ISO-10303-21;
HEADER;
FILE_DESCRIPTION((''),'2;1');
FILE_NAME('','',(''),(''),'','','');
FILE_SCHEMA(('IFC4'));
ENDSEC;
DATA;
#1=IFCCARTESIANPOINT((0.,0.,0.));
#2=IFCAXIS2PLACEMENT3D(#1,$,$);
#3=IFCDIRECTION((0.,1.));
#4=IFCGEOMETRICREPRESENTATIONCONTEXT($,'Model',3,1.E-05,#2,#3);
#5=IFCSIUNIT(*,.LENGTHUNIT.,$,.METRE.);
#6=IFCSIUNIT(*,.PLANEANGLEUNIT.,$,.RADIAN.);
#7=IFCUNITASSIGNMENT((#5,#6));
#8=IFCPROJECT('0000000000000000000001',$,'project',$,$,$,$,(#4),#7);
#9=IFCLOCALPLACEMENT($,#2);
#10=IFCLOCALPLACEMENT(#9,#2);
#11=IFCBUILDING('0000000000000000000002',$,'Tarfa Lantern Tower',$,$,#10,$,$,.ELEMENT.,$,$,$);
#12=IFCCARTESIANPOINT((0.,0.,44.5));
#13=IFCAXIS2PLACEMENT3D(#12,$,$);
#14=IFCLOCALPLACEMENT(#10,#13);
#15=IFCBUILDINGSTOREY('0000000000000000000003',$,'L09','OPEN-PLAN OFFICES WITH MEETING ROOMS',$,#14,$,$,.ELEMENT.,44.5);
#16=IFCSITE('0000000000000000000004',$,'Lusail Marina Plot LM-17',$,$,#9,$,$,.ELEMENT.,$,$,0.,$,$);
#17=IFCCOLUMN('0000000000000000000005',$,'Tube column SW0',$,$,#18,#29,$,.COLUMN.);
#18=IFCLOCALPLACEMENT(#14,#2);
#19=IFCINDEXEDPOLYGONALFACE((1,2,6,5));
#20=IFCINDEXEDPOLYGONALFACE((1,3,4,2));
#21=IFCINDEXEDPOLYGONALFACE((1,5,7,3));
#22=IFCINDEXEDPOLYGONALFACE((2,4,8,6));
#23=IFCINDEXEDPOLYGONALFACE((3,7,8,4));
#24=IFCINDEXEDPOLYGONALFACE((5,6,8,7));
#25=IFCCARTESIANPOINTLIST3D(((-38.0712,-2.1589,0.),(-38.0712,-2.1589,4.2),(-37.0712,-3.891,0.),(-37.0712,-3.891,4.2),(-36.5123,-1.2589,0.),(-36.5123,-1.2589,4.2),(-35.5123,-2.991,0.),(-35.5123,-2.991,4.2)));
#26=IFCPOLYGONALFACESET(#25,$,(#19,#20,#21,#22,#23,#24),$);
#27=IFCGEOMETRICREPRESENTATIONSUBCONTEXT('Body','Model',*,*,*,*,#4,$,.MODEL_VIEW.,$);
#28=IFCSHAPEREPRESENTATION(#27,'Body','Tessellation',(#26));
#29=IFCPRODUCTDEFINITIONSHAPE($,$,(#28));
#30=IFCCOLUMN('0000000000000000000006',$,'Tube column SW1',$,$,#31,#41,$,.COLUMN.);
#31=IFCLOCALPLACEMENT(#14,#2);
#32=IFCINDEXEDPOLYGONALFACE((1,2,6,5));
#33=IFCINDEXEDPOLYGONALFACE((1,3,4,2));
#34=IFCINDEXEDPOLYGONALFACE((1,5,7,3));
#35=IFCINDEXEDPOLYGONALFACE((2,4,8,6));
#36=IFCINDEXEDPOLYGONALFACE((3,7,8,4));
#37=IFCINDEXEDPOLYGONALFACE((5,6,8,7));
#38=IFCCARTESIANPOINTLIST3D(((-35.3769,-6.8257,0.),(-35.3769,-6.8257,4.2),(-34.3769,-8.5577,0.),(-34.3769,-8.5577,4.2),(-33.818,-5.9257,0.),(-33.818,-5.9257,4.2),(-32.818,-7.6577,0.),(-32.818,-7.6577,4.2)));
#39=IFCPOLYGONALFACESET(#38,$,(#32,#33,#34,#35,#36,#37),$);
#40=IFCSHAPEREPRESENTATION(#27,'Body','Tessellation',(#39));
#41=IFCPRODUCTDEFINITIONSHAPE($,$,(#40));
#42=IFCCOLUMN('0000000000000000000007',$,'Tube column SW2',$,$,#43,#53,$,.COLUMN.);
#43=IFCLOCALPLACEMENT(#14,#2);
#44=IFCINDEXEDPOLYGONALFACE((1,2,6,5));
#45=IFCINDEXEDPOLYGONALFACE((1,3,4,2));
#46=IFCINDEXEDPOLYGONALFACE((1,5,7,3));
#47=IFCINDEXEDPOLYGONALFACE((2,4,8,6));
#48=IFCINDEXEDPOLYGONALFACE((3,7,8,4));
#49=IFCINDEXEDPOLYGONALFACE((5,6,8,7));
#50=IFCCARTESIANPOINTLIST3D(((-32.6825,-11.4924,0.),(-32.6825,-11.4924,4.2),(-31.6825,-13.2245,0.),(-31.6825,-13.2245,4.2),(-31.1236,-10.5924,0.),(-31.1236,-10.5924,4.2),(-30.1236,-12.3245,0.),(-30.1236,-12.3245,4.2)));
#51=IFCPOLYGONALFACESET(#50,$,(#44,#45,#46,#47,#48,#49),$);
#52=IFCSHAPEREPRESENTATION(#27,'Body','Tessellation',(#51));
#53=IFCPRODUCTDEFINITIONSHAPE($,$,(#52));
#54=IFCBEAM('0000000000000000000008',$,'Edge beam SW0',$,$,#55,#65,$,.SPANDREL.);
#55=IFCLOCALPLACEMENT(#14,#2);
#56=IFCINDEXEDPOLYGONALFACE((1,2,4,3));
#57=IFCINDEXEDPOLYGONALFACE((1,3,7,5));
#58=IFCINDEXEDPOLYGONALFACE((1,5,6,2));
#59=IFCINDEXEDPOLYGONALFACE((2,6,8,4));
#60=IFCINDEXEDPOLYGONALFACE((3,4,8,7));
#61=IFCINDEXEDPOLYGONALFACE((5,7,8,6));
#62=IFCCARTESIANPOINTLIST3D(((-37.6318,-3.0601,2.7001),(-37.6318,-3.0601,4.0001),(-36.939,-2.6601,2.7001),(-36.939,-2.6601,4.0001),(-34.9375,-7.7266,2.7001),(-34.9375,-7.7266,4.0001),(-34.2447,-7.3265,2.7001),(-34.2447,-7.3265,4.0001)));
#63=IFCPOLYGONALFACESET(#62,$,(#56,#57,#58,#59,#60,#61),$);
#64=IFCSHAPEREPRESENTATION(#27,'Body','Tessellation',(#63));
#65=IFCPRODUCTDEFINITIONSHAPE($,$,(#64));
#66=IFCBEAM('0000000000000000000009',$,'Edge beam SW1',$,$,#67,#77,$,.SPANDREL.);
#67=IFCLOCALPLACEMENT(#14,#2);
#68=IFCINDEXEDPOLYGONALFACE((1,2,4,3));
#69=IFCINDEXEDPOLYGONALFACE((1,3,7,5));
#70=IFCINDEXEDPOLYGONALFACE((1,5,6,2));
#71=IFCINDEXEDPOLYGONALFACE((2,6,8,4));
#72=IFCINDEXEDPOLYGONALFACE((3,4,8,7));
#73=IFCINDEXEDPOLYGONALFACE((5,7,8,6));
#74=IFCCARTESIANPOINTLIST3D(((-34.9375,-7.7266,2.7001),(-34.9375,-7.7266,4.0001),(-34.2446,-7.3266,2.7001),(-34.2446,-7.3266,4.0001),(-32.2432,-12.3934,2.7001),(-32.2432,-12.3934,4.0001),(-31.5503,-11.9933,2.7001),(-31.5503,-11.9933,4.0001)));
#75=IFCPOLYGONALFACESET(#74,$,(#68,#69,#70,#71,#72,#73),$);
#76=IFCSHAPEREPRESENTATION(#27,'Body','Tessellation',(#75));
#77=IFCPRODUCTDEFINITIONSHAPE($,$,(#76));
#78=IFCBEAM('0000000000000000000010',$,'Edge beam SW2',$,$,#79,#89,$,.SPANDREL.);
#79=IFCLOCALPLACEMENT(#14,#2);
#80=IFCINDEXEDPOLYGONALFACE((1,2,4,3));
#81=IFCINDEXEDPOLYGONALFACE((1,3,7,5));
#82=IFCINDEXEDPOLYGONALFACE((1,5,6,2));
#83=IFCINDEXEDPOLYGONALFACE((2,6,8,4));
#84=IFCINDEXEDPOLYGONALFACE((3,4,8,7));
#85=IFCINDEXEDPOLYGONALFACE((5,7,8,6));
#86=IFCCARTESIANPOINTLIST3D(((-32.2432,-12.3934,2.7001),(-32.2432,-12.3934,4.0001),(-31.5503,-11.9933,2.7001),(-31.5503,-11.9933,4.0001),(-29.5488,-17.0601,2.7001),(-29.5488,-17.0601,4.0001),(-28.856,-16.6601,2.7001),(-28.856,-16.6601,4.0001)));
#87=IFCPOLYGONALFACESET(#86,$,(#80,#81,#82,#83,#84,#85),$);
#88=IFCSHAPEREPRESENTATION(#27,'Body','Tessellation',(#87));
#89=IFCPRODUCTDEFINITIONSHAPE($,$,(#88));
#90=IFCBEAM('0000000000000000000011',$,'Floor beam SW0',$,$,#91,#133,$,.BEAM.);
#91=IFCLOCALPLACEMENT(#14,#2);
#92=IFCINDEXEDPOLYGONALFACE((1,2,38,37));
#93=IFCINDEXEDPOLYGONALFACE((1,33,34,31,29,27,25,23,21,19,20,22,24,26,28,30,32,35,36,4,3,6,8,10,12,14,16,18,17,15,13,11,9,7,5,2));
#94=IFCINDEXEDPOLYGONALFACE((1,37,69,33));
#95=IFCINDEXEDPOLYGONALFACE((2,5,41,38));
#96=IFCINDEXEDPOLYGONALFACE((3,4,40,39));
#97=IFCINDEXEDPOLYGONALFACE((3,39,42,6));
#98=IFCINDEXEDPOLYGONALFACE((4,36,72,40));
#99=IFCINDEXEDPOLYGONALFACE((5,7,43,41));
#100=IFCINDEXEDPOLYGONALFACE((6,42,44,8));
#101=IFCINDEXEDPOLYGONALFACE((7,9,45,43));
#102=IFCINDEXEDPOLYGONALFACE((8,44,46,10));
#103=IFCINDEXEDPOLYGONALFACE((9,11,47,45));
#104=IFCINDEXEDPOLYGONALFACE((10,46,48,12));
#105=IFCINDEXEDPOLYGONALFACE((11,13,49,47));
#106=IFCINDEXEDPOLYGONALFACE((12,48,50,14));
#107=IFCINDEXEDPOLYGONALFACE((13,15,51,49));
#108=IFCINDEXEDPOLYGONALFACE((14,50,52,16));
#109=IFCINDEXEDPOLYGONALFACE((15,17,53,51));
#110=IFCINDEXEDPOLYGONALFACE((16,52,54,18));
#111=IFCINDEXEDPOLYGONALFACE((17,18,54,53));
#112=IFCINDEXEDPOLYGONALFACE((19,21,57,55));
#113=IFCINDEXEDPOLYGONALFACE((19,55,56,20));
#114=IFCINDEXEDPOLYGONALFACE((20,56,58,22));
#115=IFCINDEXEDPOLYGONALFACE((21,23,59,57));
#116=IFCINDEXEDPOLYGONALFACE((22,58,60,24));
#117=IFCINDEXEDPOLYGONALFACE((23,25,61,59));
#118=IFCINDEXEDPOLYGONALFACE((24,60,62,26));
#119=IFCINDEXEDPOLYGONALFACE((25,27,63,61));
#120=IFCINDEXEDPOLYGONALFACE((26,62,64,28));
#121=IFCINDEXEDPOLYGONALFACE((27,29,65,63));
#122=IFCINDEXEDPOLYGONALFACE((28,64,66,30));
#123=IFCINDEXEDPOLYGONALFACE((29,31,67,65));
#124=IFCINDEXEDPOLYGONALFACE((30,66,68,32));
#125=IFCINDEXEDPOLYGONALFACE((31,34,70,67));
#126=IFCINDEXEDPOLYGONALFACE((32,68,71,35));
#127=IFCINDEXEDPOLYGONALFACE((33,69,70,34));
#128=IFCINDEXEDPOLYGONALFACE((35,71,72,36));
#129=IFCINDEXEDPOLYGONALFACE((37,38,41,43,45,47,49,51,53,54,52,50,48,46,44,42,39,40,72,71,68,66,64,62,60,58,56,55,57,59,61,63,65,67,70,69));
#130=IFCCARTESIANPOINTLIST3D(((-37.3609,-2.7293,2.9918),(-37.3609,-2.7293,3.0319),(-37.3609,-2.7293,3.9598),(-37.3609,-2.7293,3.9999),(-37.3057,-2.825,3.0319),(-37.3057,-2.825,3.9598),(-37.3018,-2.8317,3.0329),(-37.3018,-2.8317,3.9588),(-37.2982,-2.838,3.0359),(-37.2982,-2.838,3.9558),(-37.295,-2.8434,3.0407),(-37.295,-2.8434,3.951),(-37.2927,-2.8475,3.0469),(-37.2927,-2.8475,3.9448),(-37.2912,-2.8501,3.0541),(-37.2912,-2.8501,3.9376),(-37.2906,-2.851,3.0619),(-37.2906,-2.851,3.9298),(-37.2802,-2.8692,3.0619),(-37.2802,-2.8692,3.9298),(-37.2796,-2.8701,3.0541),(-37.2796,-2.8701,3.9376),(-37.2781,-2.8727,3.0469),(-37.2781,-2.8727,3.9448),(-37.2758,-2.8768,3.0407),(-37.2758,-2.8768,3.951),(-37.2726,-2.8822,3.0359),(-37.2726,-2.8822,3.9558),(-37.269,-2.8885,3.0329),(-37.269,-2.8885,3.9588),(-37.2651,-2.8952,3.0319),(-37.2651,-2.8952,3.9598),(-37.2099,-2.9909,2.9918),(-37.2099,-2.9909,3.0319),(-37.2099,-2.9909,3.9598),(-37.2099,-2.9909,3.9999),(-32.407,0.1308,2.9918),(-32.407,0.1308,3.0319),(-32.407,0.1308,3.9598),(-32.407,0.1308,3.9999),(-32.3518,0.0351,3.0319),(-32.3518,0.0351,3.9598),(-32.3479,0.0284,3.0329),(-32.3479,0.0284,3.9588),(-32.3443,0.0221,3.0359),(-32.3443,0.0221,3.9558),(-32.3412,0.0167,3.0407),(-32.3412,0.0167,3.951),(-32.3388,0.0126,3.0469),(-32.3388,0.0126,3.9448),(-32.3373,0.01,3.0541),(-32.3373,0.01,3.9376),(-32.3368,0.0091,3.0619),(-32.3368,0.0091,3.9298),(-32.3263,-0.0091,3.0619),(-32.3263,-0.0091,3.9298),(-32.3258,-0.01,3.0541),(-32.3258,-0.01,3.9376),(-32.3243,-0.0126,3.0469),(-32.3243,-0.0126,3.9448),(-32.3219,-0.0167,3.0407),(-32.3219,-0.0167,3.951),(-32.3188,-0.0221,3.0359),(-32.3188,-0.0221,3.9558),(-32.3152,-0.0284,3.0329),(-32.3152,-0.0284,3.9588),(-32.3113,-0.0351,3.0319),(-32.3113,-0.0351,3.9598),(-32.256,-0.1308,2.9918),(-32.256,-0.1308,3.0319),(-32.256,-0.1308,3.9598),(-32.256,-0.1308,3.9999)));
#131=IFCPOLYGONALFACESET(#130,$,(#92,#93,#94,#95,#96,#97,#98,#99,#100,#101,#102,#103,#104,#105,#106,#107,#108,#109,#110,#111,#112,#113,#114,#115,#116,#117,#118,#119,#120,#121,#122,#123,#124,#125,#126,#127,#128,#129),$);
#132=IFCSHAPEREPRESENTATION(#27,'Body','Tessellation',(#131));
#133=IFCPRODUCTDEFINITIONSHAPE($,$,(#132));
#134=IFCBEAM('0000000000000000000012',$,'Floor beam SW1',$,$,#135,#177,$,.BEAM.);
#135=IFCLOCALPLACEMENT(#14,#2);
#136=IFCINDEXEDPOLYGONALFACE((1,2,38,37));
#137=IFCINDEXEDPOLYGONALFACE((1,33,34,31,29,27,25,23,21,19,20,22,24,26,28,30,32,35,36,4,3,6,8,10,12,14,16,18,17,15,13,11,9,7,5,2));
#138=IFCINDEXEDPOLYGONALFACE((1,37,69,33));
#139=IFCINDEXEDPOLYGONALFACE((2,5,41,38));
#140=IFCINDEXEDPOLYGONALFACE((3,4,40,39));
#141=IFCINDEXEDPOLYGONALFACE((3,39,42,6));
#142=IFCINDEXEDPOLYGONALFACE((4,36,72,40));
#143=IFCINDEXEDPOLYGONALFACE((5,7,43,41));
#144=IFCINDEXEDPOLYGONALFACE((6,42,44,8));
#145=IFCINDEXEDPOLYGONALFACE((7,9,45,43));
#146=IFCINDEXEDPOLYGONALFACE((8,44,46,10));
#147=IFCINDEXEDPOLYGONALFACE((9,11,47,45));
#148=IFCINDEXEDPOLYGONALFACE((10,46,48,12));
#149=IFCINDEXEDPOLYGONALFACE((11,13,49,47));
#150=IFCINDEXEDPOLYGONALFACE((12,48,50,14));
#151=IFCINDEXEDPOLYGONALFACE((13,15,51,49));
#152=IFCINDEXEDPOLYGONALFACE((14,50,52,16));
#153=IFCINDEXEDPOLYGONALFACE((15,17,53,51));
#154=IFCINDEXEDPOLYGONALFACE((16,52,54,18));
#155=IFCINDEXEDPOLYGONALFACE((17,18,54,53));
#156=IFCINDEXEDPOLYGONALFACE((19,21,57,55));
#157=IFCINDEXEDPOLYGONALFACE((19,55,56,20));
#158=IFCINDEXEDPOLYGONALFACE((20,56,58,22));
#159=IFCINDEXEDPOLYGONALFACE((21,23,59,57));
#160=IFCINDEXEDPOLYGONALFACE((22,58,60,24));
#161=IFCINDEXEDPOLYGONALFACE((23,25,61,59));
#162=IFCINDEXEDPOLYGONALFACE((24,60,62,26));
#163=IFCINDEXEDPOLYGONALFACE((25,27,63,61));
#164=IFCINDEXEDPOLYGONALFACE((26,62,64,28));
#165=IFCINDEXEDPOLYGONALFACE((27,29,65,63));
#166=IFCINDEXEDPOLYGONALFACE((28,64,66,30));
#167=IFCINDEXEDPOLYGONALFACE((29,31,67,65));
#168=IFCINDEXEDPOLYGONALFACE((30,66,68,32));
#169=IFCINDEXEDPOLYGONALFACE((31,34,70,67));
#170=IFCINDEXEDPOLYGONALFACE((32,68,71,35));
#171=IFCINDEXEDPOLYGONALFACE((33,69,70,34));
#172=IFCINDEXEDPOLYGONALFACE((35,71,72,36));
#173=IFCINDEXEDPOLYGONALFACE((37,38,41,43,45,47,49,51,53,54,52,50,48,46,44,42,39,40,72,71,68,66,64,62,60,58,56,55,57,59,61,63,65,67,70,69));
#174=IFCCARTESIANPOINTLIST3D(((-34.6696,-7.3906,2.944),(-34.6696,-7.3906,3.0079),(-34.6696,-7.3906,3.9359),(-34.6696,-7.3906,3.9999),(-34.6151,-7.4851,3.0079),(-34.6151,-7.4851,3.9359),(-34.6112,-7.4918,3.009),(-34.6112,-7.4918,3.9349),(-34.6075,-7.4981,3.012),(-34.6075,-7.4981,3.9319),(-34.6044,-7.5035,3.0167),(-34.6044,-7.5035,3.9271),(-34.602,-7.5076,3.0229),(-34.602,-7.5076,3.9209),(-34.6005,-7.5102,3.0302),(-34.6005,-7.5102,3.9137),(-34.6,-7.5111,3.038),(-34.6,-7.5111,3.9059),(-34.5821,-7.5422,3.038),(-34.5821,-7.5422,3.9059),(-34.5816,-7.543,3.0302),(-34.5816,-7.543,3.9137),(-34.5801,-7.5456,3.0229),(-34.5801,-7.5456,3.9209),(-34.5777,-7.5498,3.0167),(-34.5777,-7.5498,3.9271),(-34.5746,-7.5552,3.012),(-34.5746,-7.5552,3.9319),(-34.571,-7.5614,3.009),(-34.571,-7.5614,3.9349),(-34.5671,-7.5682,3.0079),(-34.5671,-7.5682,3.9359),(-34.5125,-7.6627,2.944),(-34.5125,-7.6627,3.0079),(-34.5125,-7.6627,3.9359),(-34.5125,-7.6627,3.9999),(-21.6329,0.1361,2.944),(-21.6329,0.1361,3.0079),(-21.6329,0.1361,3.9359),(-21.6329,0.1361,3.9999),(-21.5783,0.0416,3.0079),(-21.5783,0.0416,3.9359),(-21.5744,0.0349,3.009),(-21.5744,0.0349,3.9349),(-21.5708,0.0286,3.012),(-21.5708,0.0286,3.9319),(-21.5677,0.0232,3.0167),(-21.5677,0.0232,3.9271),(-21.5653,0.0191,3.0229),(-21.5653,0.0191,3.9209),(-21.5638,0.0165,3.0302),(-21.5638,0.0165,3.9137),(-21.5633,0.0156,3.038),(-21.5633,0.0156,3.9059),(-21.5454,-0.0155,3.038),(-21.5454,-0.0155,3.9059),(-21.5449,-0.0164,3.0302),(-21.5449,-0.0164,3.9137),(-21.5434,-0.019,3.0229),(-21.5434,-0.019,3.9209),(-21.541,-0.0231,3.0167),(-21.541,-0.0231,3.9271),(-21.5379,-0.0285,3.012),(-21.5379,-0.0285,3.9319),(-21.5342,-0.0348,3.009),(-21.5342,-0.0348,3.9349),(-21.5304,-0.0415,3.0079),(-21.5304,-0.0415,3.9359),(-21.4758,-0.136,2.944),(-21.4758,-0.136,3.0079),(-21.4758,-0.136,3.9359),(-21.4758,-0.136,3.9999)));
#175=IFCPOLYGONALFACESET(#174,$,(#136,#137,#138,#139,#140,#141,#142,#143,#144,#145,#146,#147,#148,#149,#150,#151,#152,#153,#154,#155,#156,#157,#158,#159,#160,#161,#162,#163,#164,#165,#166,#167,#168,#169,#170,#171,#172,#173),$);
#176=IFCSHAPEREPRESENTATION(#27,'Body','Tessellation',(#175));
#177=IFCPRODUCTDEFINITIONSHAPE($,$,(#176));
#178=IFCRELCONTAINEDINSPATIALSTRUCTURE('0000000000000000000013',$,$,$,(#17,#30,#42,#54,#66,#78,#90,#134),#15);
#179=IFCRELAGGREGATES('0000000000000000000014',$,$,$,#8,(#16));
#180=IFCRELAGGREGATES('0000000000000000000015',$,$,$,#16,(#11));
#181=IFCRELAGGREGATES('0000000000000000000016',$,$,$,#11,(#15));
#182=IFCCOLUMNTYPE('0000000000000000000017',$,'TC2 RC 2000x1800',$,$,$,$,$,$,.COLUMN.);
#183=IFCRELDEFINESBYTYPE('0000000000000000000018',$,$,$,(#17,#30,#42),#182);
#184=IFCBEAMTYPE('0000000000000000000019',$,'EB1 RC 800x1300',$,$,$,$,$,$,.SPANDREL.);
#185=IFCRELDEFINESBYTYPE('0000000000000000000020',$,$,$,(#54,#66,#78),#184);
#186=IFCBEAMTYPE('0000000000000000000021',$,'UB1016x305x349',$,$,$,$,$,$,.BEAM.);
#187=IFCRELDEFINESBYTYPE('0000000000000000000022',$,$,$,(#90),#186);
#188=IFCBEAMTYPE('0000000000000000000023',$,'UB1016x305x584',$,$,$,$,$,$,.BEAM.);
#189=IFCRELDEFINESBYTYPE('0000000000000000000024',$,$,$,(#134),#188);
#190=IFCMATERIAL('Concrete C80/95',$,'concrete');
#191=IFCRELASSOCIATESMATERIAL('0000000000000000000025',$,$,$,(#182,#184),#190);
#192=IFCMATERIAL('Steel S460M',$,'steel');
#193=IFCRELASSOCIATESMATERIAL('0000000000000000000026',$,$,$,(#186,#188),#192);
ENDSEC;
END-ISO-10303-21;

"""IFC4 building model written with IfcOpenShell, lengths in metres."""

from ifc_helpers import new_model, si_unit, direction, frame, origin, origin_2d, place, context, subcontext, project, spatial, rectangle, i_section, extrude, material, material_profile, profile_set, type_object, element, save


model = new_model("IFC4")

# Units and contexts
model_context = context("Model", 3, precision=1e-05, world=origin(), true_north=direction((0.0, 1.0)))
body_context = subcontext(model_context, "Body", "Model", "MODEL_VIEW")
ifc_project = project(units=[si_unit("LENGTHUNIT", "METRE"), si_unit("PLANEANGLEUNIT", "RADIAN")], contexts=[model_context])

# Site, building, storey
site_placement = place(None, origin())
site = spatial("IfcSite", under=ifc_project, at=site_placement, Name="Lusail Marina Plot LM-17", CompositionType="ELEMENT", RefElevation=0.0)
building_placement = place(site_placement, origin())
building = spatial("IfcBuilding", under=site, at=building_placement, Name="Tarfa Lantern Tower", CompositionType="ELEMENT")
storey_placement = place(building_placement, frame((0.0, 0.0, 44.5)))
storey = spatial("IfcBuildingStorey", under=building, at=storey_placement, Name="L09", Description="OPEN-PLAN OFFICES WITH MEETING ROOMS", CompositionType="ELEMENT", Elevation=44.5)

# Columns
ifc_material_1 = material(Name="Concrete C80/95", Category="concrete")
ifc_material_profile_1 = material_profile(ifc_material_1, rectangle(XDim=2.0, YDim=1.8, at=origin_2d()), Name="RC 2000x1800")
ifc_profile_set_1 = profile_set([ifc_material_profile_1], Name="Concrete C80/95")
column_type = type_object("IfcColumnType", Name="TC2 RC 2000x1800", PredefinedType="COLUMN", material=ifc_profile_set_1)
for number, where, z_axis, x_axis, name in (
    (1, (-36.7917, -2.575, 0.0), (0.0, 0.0, 1.0), (0.5, -0.866025, 0.0), "Tube column SW0"),
    (2, (-34.0974, -7.2417, 0.0), (0.0, 0.0, 1.0), (0.5, -0.866025, 0.0), "Tube column SW1"),
    (3, (-31.4031, -11.9084, 0.0), (0.0, 0.0, 1.0), (0.5, -0.866025, 0.0), "Tube column SW2"),
):
    element("IfcColumn", number, at=place(storey_placement, frame(where, z_axis=z_axis, x_axis=x_axis)), inside=storey, type_object=column_type, Name=name, PredefinedType="COLUMN", context=body_context, shape_type="SweptSolid", body=[
        extrude(rectangle(XDim=2.0, YDim=1.8, at=origin_2d()), origin(), (0.0, 0.0, 1.0), 4.2),
    ])

# Beams
ifc_material_profile_2 = material_profile(ifc_material_1, rectangle(XDim=0.8, YDim=1.3, at=origin_2d()), Name="RC 800x1300")
ifc_profile_set_2 = profile_set([ifc_material_profile_2], Name="Concrete C80/95")
beam_type_1 = type_object("IfcBeamType", Name="EB1 RC 800x1300", PredefinedType="SPANDREL", material=ifc_profile_set_2)
beam_1_placement = place(storey_placement, frame((-37.2854, -2.8601, 3.3501), z_axis=(0.500018, -0.866015, 0.0), x_axis=(0.866015, 0.500018, 0.0)))
element("IfcBeam", 4, at=beam_1_placement, inside=storey, type_object=beam_type_1, Name="Edge beam SW0", PredefinedType="SPANDREL", context=body_context, shape_type="SweptSolid", body=[
    extrude(rectangle(XDim=0.8, YDim=1.3, at=origin_2d()), origin(), (0.0, 0.0, 1.0), 5.3884),
])
for number, where, z_axis, x_axis, name in (
    (5, (-34.5911, -7.5266, 3.3501), (0.499998, -0.866026, 0.0), (0.866026, 0.499998, 0.0), "Edge beam SW1"),
    (6, (-31.8967, -12.1934, 3.3501), (0.499998, -0.866026, 0.0), (0.866026, 0.499998, 0.0), "Edge beam SW2"),
):
    element("IfcBeam", number, at=place(storey_placement, frame(where, z_axis=z_axis, x_axis=x_axis)), inside=storey, type_object=beam_type_1, Name=name, PredefinedType="SPANDREL", context=body_context, shape_type="SweptSolid", body=[
        extrude(rectangle(XDim=0.8, YDim=1.3, at=origin_2d()), origin(), (0.0, 0.0, 1.0), 5.3887),
    ])
ifc_material_2 = material(Name="Steel S460M", Category="steel")
ifc_material_profile_3 = material_profile(ifc_material_2, i_section(OverallWidth=0.302, OverallDepth=1.0081, WebThickness=0.021, FlangeThickness=0.04, FilletRadius=0.03, at=origin_2d()), Name="UB1016x305x349")
ifc_profile_set_3 = profile_set([ifc_material_profile_3], Name="Steel S460M")
beam_type_2 = type_object("IfcBeamType", Name="UB1016x305x349", PredefinedType="BEAM", material=ifc_profile_set_3)
beam_2_placement = place(storey_placement, frame((-37.2854, -2.8601, 3.4958), z_axis=(0.866026, 0.5, 0.0), x_axis=(-0.5, 0.866026, 0.0)))
element("IfcBeam", 7, at=beam_2_placement, inside=storey, type_object=beam_type_2, Name="Floor beam SW0", PredefinedType="BEAM", context=body_context, shape_type="SweptSolid", body=[
    extrude(i_section(OverallWidth=0.302, OverallDepth=1.0081, WebThickness=0.021, FlangeThickness=0.04, FilletRadius=0.03, at=origin_2d()), origin(), (0.0, 0.0, 1.0), 5.7202),
])
ifc_material_profile_4 = material_profile(ifc_material_2, i_section(OverallWidth=0.3142, OverallDepth=1.0559, WebThickness=0.0359, FlangeThickness=0.064, FilletRadius=0.03, at=origin_2d()), Name="UB1016x305x584")
ifc_profile_set_4 = profile_set([ifc_material_profile_4], Name="Steel S460M")
beam_type_3 = type_object("IfcBeamType", Name="UB1016x305x584", PredefinedType="BEAM", material=ifc_profile_set_4)
beam_3_placement = place(storey_placement, frame((-34.5911, -7.5266, 3.4719), z_axis=(0.866028, 0.499996, 0.0), x_axis=(-0.499996, 0.866028, 0.0)))
element("IfcBeam", 8, at=beam_3_placement, inside=storey, type_object=beam_type_3, Name="Floor beam SW1", PredefinedType="BEAM", context=body_context, shape_type="SweptSolid", body=[
    extrude(i_section(OverallWidth=0.3142, OverallDepth=1.0559, WebThickness=0.0359, FlangeThickness=0.064, FilletRadius=0.03, at=origin_2d()), origin(), (0.0, 0.0, 1.0), 15.0535),
])

save(model, "model.ifc")
